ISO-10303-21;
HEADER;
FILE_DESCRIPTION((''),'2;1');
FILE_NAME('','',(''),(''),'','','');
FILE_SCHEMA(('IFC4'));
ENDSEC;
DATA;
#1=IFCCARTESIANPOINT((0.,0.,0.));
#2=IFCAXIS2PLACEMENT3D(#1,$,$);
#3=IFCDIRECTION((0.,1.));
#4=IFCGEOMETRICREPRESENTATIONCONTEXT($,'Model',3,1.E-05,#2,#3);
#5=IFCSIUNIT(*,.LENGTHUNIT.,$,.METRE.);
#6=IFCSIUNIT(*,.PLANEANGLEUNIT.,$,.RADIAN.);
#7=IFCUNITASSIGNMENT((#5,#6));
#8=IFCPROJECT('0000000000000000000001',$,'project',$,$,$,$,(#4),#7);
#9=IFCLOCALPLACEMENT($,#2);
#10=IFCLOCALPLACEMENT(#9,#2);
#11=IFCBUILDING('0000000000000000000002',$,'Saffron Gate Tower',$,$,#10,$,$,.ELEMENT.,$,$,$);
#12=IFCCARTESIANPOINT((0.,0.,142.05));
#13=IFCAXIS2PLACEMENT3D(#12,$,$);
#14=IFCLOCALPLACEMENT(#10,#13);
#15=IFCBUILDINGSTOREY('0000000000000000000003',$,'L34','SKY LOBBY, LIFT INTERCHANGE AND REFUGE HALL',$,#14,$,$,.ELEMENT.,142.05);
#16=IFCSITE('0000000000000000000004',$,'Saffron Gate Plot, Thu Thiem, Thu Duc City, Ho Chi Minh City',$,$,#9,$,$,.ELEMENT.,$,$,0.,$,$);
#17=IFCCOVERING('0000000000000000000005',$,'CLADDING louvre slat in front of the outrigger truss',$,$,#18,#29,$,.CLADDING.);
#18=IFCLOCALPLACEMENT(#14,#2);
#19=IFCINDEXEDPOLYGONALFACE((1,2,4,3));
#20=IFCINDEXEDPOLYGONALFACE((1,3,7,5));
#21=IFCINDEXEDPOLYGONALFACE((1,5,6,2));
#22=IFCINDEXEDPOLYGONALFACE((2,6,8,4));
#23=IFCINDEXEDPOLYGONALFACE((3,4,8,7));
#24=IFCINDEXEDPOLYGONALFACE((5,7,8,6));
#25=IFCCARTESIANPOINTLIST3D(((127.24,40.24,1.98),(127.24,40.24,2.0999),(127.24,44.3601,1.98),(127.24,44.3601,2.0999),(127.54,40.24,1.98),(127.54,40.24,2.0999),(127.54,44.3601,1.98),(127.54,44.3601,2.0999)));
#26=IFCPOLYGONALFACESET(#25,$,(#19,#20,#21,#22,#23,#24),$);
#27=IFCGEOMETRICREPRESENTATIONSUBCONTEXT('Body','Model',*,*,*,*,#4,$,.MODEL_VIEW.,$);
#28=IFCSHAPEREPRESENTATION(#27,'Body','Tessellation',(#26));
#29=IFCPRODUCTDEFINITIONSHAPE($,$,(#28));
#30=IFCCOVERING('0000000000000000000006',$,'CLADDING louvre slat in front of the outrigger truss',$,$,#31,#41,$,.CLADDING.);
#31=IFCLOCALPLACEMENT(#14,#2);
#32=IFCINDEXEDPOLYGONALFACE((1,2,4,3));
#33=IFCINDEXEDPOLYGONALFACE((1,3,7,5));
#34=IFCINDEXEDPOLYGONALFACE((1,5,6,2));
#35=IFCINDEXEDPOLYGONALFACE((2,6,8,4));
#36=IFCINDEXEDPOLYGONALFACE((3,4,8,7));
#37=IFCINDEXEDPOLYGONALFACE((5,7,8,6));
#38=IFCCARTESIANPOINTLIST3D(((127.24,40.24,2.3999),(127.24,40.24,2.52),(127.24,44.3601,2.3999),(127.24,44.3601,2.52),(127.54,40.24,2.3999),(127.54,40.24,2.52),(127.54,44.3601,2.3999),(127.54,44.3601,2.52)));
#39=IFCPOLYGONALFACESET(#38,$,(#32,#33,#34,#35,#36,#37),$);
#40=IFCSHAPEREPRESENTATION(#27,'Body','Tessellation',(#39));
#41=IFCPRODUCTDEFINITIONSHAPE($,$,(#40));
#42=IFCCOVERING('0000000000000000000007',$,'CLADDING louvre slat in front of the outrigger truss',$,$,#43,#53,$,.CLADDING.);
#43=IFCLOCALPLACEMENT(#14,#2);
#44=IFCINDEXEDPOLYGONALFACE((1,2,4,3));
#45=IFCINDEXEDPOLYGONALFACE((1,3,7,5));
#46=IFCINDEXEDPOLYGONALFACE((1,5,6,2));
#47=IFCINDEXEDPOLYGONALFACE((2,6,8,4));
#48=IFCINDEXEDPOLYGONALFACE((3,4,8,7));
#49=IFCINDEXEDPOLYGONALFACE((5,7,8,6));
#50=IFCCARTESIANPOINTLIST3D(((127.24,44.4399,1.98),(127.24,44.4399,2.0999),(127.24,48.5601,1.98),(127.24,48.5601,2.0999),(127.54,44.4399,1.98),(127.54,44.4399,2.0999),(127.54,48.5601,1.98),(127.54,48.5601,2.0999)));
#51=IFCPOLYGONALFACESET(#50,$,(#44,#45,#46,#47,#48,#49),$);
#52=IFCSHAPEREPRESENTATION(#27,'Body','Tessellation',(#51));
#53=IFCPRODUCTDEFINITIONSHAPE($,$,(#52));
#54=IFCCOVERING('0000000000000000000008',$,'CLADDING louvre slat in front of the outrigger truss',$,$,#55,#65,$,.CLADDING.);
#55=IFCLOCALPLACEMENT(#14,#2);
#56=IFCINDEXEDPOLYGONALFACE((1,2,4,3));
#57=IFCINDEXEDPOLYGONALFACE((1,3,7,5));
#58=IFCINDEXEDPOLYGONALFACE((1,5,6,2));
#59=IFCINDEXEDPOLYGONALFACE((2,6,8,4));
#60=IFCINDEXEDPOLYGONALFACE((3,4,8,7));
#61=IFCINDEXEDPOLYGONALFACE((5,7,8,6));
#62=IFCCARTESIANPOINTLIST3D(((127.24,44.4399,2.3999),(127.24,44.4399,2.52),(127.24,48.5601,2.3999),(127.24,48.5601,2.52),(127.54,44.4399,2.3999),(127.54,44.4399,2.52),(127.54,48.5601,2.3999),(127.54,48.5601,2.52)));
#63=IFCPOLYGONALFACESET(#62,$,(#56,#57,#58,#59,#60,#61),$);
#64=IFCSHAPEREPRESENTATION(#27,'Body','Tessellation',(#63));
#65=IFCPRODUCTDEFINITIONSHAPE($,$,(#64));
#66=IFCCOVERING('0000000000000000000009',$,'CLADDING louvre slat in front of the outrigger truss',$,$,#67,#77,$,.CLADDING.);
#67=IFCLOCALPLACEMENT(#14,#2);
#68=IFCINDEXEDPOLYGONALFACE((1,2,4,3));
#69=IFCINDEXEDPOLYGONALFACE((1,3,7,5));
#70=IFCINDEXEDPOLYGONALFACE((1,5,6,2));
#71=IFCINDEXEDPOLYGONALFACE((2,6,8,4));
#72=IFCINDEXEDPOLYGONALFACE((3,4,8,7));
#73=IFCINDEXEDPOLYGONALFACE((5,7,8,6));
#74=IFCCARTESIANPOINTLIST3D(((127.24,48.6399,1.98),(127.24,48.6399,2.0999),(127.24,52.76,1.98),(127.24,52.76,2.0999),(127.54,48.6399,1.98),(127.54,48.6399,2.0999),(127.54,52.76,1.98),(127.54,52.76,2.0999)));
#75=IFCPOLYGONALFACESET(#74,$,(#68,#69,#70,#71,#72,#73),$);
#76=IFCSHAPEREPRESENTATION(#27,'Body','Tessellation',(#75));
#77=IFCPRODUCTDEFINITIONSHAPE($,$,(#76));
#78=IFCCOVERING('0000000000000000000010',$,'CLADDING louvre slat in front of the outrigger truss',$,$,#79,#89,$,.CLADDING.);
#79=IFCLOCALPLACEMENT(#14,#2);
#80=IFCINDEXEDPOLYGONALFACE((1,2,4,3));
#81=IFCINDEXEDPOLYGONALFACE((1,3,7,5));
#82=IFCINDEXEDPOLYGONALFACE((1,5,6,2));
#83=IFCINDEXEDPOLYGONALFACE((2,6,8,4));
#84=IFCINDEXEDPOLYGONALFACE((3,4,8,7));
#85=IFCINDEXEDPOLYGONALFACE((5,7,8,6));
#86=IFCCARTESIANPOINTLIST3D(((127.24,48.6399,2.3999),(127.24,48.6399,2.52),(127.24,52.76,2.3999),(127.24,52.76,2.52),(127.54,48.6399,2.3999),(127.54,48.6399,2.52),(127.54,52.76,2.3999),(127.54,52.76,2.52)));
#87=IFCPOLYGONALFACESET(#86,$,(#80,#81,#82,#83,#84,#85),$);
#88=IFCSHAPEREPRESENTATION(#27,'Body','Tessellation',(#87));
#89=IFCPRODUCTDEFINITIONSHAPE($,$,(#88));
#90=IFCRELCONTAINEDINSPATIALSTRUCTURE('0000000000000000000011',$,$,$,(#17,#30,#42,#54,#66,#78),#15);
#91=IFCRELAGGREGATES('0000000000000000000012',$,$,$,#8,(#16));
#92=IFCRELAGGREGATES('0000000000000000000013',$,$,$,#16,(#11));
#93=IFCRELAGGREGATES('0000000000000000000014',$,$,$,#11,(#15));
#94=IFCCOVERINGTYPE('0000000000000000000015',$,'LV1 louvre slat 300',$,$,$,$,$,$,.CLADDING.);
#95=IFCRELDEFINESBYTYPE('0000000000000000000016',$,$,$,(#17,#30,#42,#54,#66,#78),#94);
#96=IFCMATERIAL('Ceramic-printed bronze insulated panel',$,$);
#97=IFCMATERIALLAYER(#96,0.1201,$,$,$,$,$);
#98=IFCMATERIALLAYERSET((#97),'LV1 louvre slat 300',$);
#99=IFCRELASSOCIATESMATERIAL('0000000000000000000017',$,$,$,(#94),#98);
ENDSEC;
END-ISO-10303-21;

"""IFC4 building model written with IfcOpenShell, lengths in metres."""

from ifc_helpers import new_model, si_unit, direction, frame, origin, place, context, subcontext, project, spatial, polyline, outline, extrude, material, layer, layer_set, type_object, element, save


model = new_model("IFC4")

# Units and contexts
model_context = context("Model", 3, precision=1e-05, world=origin(), true_north=direction((0.0, 1.0)))
body_context = subcontext(model_context, "Body", "Model", "MODEL_VIEW")
ifc_project = project(units=[si_unit("LENGTHUNIT", "METRE"), si_unit("PLANEANGLEUNIT", "RADIAN")], contexts=[model_context])

# Site, building, storey
site_placement = place(None, origin())
site = spatial("IfcSite", under=ifc_project, at=site_placement, Name="Saffron Gate Plot, Thu Thiem, Thu Duc City, Ho Chi Minh City", CompositionType="ELEMENT", RefElevation=0.0)
building_placement = place(site_placement, origin())
building = spatial("IfcBuilding", under=site, at=building_placement, Name="Saffron Gate Tower", CompositionType="ELEMENT")
storey_placement = place(building_placement, frame((0.0, 0.0, 142.05)))
storey = spatial("IfcBuildingStorey", under=building, at=storey_placement, Name="L34", Description="SKY LOBBY, LIFT INTERCHANGE AND REFUGE HALL", CompositionType="ELEMENT", Elevation=142.05)

# Coverings
ifc_material = material(Name="Ceramic-printed bronze insulated panel")
ifc_layer = layer(ifc_material, 0.1201)
ifc_layer_set = layer_set([ifc_layer], Name="LV1 louvre slat 300")
covering_type = type_object("IfcCoveringType", Name="LV1 louvre slat 300", PredefinedType="CLADDING", material=ifc_layer_set)
covering_1_placement = place(storey_placement, frame((0.0, 0.0, 1.98)))
element("IfcCovering", 1, at=covering_1_placement, inside=storey, type_object=covering_type, Name="CLADDING louvre slat in front of the outrigger truss", PredefinedType="CLADDING", context=body_context, shape_type="SweptSolid", body=[
    extrude(outline(polyline([(127.54, 40.24), (127.54, 44.3601), (127.24, 44.3601), (127.24, 40.24), (127.54, 40.24)])), origin(), (0.0, 0.0, 1.0), 0.1199),
])
covering_2_placement = place(storey_placement, frame((0.0, 0.0, 2.3999)))
element("IfcCovering", 2, at=covering_2_placement, inside=storey, type_object=covering_type, Name="CLADDING louvre slat in front of the outrigger truss", PredefinedType="CLADDING", context=body_context, shape_type="SweptSolid", body=[
    extrude(outline(polyline([(127.54, 40.24), (127.54, 44.3601), (127.24, 44.3601), (127.24, 40.24), (127.54, 40.24)])), origin(), (0.0, 0.0, 1.0), 0.1201),
])
covering_3_placement = place(storey_placement, frame((0.0, 0.0, 1.98)))
element("IfcCovering", 3, at=covering_3_placement, inside=storey, type_object=covering_type, Name="CLADDING louvre slat in front of the outrigger truss", PredefinedType="CLADDING", context=body_context, shape_type="SweptSolid", body=[
    extrude(outline(polyline([(127.54, 44.4399), (127.54, 48.5601), (127.24, 48.5601), (127.24, 44.4399), (127.54, 44.4399)])), origin(), (0.0, 0.0, 1.0), 0.1199),
])
covering_4_placement = place(storey_placement, frame((0.0, 0.0, 2.3999)))
element("IfcCovering", 4, at=covering_4_placement, inside=storey, type_object=covering_type, Name="CLADDING louvre slat in front of the outrigger truss", PredefinedType="CLADDING", context=body_context, shape_type="SweptSolid", body=[
    extrude(outline(polyline([(127.54, 44.4399), (127.54, 48.5601), (127.24, 48.5601), (127.24, 44.4399), (127.54, 44.4399)])), origin(), (0.0, 0.0, 1.0), 0.1201),
])
covering_5_placement = place(storey_placement, frame((0.0, 0.0, 1.98)))
element("IfcCovering", 5, at=covering_5_placement, inside=storey, type_object=covering_type, Name="CLADDING louvre slat in front of the outrigger truss", PredefinedType="CLADDING", context=body_context, shape_type="SweptSolid", body=[
    extrude(outline(polyline([(127.54, 48.6399), (127.54, 52.76), (127.24, 52.76), (127.24, 48.6399), (127.54, 48.6399)])), origin(), (0.0, 0.0, 1.0), 0.1199),
])
covering_6_placement = place(storey_placement, frame((0.0, 0.0, 2.3999)))
element("IfcCovering", 6, at=covering_6_placement, inside=storey, type_object=covering_type, Name="CLADDING louvre slat in front of the outrigger truss", PredefinedType="CLADDING", context=body_context, shape_type="SweptSolid", body=[
    extrude(outline(polyline([(127.54, 48.6399), (127.54, 52.76), (127.24, 52.76), (127.24, 48.6399), (127.54, 48.6399)])), origin(), (0.0, 0.0, 1.0), 0.1201),
])

save(model, "model.ifc")
